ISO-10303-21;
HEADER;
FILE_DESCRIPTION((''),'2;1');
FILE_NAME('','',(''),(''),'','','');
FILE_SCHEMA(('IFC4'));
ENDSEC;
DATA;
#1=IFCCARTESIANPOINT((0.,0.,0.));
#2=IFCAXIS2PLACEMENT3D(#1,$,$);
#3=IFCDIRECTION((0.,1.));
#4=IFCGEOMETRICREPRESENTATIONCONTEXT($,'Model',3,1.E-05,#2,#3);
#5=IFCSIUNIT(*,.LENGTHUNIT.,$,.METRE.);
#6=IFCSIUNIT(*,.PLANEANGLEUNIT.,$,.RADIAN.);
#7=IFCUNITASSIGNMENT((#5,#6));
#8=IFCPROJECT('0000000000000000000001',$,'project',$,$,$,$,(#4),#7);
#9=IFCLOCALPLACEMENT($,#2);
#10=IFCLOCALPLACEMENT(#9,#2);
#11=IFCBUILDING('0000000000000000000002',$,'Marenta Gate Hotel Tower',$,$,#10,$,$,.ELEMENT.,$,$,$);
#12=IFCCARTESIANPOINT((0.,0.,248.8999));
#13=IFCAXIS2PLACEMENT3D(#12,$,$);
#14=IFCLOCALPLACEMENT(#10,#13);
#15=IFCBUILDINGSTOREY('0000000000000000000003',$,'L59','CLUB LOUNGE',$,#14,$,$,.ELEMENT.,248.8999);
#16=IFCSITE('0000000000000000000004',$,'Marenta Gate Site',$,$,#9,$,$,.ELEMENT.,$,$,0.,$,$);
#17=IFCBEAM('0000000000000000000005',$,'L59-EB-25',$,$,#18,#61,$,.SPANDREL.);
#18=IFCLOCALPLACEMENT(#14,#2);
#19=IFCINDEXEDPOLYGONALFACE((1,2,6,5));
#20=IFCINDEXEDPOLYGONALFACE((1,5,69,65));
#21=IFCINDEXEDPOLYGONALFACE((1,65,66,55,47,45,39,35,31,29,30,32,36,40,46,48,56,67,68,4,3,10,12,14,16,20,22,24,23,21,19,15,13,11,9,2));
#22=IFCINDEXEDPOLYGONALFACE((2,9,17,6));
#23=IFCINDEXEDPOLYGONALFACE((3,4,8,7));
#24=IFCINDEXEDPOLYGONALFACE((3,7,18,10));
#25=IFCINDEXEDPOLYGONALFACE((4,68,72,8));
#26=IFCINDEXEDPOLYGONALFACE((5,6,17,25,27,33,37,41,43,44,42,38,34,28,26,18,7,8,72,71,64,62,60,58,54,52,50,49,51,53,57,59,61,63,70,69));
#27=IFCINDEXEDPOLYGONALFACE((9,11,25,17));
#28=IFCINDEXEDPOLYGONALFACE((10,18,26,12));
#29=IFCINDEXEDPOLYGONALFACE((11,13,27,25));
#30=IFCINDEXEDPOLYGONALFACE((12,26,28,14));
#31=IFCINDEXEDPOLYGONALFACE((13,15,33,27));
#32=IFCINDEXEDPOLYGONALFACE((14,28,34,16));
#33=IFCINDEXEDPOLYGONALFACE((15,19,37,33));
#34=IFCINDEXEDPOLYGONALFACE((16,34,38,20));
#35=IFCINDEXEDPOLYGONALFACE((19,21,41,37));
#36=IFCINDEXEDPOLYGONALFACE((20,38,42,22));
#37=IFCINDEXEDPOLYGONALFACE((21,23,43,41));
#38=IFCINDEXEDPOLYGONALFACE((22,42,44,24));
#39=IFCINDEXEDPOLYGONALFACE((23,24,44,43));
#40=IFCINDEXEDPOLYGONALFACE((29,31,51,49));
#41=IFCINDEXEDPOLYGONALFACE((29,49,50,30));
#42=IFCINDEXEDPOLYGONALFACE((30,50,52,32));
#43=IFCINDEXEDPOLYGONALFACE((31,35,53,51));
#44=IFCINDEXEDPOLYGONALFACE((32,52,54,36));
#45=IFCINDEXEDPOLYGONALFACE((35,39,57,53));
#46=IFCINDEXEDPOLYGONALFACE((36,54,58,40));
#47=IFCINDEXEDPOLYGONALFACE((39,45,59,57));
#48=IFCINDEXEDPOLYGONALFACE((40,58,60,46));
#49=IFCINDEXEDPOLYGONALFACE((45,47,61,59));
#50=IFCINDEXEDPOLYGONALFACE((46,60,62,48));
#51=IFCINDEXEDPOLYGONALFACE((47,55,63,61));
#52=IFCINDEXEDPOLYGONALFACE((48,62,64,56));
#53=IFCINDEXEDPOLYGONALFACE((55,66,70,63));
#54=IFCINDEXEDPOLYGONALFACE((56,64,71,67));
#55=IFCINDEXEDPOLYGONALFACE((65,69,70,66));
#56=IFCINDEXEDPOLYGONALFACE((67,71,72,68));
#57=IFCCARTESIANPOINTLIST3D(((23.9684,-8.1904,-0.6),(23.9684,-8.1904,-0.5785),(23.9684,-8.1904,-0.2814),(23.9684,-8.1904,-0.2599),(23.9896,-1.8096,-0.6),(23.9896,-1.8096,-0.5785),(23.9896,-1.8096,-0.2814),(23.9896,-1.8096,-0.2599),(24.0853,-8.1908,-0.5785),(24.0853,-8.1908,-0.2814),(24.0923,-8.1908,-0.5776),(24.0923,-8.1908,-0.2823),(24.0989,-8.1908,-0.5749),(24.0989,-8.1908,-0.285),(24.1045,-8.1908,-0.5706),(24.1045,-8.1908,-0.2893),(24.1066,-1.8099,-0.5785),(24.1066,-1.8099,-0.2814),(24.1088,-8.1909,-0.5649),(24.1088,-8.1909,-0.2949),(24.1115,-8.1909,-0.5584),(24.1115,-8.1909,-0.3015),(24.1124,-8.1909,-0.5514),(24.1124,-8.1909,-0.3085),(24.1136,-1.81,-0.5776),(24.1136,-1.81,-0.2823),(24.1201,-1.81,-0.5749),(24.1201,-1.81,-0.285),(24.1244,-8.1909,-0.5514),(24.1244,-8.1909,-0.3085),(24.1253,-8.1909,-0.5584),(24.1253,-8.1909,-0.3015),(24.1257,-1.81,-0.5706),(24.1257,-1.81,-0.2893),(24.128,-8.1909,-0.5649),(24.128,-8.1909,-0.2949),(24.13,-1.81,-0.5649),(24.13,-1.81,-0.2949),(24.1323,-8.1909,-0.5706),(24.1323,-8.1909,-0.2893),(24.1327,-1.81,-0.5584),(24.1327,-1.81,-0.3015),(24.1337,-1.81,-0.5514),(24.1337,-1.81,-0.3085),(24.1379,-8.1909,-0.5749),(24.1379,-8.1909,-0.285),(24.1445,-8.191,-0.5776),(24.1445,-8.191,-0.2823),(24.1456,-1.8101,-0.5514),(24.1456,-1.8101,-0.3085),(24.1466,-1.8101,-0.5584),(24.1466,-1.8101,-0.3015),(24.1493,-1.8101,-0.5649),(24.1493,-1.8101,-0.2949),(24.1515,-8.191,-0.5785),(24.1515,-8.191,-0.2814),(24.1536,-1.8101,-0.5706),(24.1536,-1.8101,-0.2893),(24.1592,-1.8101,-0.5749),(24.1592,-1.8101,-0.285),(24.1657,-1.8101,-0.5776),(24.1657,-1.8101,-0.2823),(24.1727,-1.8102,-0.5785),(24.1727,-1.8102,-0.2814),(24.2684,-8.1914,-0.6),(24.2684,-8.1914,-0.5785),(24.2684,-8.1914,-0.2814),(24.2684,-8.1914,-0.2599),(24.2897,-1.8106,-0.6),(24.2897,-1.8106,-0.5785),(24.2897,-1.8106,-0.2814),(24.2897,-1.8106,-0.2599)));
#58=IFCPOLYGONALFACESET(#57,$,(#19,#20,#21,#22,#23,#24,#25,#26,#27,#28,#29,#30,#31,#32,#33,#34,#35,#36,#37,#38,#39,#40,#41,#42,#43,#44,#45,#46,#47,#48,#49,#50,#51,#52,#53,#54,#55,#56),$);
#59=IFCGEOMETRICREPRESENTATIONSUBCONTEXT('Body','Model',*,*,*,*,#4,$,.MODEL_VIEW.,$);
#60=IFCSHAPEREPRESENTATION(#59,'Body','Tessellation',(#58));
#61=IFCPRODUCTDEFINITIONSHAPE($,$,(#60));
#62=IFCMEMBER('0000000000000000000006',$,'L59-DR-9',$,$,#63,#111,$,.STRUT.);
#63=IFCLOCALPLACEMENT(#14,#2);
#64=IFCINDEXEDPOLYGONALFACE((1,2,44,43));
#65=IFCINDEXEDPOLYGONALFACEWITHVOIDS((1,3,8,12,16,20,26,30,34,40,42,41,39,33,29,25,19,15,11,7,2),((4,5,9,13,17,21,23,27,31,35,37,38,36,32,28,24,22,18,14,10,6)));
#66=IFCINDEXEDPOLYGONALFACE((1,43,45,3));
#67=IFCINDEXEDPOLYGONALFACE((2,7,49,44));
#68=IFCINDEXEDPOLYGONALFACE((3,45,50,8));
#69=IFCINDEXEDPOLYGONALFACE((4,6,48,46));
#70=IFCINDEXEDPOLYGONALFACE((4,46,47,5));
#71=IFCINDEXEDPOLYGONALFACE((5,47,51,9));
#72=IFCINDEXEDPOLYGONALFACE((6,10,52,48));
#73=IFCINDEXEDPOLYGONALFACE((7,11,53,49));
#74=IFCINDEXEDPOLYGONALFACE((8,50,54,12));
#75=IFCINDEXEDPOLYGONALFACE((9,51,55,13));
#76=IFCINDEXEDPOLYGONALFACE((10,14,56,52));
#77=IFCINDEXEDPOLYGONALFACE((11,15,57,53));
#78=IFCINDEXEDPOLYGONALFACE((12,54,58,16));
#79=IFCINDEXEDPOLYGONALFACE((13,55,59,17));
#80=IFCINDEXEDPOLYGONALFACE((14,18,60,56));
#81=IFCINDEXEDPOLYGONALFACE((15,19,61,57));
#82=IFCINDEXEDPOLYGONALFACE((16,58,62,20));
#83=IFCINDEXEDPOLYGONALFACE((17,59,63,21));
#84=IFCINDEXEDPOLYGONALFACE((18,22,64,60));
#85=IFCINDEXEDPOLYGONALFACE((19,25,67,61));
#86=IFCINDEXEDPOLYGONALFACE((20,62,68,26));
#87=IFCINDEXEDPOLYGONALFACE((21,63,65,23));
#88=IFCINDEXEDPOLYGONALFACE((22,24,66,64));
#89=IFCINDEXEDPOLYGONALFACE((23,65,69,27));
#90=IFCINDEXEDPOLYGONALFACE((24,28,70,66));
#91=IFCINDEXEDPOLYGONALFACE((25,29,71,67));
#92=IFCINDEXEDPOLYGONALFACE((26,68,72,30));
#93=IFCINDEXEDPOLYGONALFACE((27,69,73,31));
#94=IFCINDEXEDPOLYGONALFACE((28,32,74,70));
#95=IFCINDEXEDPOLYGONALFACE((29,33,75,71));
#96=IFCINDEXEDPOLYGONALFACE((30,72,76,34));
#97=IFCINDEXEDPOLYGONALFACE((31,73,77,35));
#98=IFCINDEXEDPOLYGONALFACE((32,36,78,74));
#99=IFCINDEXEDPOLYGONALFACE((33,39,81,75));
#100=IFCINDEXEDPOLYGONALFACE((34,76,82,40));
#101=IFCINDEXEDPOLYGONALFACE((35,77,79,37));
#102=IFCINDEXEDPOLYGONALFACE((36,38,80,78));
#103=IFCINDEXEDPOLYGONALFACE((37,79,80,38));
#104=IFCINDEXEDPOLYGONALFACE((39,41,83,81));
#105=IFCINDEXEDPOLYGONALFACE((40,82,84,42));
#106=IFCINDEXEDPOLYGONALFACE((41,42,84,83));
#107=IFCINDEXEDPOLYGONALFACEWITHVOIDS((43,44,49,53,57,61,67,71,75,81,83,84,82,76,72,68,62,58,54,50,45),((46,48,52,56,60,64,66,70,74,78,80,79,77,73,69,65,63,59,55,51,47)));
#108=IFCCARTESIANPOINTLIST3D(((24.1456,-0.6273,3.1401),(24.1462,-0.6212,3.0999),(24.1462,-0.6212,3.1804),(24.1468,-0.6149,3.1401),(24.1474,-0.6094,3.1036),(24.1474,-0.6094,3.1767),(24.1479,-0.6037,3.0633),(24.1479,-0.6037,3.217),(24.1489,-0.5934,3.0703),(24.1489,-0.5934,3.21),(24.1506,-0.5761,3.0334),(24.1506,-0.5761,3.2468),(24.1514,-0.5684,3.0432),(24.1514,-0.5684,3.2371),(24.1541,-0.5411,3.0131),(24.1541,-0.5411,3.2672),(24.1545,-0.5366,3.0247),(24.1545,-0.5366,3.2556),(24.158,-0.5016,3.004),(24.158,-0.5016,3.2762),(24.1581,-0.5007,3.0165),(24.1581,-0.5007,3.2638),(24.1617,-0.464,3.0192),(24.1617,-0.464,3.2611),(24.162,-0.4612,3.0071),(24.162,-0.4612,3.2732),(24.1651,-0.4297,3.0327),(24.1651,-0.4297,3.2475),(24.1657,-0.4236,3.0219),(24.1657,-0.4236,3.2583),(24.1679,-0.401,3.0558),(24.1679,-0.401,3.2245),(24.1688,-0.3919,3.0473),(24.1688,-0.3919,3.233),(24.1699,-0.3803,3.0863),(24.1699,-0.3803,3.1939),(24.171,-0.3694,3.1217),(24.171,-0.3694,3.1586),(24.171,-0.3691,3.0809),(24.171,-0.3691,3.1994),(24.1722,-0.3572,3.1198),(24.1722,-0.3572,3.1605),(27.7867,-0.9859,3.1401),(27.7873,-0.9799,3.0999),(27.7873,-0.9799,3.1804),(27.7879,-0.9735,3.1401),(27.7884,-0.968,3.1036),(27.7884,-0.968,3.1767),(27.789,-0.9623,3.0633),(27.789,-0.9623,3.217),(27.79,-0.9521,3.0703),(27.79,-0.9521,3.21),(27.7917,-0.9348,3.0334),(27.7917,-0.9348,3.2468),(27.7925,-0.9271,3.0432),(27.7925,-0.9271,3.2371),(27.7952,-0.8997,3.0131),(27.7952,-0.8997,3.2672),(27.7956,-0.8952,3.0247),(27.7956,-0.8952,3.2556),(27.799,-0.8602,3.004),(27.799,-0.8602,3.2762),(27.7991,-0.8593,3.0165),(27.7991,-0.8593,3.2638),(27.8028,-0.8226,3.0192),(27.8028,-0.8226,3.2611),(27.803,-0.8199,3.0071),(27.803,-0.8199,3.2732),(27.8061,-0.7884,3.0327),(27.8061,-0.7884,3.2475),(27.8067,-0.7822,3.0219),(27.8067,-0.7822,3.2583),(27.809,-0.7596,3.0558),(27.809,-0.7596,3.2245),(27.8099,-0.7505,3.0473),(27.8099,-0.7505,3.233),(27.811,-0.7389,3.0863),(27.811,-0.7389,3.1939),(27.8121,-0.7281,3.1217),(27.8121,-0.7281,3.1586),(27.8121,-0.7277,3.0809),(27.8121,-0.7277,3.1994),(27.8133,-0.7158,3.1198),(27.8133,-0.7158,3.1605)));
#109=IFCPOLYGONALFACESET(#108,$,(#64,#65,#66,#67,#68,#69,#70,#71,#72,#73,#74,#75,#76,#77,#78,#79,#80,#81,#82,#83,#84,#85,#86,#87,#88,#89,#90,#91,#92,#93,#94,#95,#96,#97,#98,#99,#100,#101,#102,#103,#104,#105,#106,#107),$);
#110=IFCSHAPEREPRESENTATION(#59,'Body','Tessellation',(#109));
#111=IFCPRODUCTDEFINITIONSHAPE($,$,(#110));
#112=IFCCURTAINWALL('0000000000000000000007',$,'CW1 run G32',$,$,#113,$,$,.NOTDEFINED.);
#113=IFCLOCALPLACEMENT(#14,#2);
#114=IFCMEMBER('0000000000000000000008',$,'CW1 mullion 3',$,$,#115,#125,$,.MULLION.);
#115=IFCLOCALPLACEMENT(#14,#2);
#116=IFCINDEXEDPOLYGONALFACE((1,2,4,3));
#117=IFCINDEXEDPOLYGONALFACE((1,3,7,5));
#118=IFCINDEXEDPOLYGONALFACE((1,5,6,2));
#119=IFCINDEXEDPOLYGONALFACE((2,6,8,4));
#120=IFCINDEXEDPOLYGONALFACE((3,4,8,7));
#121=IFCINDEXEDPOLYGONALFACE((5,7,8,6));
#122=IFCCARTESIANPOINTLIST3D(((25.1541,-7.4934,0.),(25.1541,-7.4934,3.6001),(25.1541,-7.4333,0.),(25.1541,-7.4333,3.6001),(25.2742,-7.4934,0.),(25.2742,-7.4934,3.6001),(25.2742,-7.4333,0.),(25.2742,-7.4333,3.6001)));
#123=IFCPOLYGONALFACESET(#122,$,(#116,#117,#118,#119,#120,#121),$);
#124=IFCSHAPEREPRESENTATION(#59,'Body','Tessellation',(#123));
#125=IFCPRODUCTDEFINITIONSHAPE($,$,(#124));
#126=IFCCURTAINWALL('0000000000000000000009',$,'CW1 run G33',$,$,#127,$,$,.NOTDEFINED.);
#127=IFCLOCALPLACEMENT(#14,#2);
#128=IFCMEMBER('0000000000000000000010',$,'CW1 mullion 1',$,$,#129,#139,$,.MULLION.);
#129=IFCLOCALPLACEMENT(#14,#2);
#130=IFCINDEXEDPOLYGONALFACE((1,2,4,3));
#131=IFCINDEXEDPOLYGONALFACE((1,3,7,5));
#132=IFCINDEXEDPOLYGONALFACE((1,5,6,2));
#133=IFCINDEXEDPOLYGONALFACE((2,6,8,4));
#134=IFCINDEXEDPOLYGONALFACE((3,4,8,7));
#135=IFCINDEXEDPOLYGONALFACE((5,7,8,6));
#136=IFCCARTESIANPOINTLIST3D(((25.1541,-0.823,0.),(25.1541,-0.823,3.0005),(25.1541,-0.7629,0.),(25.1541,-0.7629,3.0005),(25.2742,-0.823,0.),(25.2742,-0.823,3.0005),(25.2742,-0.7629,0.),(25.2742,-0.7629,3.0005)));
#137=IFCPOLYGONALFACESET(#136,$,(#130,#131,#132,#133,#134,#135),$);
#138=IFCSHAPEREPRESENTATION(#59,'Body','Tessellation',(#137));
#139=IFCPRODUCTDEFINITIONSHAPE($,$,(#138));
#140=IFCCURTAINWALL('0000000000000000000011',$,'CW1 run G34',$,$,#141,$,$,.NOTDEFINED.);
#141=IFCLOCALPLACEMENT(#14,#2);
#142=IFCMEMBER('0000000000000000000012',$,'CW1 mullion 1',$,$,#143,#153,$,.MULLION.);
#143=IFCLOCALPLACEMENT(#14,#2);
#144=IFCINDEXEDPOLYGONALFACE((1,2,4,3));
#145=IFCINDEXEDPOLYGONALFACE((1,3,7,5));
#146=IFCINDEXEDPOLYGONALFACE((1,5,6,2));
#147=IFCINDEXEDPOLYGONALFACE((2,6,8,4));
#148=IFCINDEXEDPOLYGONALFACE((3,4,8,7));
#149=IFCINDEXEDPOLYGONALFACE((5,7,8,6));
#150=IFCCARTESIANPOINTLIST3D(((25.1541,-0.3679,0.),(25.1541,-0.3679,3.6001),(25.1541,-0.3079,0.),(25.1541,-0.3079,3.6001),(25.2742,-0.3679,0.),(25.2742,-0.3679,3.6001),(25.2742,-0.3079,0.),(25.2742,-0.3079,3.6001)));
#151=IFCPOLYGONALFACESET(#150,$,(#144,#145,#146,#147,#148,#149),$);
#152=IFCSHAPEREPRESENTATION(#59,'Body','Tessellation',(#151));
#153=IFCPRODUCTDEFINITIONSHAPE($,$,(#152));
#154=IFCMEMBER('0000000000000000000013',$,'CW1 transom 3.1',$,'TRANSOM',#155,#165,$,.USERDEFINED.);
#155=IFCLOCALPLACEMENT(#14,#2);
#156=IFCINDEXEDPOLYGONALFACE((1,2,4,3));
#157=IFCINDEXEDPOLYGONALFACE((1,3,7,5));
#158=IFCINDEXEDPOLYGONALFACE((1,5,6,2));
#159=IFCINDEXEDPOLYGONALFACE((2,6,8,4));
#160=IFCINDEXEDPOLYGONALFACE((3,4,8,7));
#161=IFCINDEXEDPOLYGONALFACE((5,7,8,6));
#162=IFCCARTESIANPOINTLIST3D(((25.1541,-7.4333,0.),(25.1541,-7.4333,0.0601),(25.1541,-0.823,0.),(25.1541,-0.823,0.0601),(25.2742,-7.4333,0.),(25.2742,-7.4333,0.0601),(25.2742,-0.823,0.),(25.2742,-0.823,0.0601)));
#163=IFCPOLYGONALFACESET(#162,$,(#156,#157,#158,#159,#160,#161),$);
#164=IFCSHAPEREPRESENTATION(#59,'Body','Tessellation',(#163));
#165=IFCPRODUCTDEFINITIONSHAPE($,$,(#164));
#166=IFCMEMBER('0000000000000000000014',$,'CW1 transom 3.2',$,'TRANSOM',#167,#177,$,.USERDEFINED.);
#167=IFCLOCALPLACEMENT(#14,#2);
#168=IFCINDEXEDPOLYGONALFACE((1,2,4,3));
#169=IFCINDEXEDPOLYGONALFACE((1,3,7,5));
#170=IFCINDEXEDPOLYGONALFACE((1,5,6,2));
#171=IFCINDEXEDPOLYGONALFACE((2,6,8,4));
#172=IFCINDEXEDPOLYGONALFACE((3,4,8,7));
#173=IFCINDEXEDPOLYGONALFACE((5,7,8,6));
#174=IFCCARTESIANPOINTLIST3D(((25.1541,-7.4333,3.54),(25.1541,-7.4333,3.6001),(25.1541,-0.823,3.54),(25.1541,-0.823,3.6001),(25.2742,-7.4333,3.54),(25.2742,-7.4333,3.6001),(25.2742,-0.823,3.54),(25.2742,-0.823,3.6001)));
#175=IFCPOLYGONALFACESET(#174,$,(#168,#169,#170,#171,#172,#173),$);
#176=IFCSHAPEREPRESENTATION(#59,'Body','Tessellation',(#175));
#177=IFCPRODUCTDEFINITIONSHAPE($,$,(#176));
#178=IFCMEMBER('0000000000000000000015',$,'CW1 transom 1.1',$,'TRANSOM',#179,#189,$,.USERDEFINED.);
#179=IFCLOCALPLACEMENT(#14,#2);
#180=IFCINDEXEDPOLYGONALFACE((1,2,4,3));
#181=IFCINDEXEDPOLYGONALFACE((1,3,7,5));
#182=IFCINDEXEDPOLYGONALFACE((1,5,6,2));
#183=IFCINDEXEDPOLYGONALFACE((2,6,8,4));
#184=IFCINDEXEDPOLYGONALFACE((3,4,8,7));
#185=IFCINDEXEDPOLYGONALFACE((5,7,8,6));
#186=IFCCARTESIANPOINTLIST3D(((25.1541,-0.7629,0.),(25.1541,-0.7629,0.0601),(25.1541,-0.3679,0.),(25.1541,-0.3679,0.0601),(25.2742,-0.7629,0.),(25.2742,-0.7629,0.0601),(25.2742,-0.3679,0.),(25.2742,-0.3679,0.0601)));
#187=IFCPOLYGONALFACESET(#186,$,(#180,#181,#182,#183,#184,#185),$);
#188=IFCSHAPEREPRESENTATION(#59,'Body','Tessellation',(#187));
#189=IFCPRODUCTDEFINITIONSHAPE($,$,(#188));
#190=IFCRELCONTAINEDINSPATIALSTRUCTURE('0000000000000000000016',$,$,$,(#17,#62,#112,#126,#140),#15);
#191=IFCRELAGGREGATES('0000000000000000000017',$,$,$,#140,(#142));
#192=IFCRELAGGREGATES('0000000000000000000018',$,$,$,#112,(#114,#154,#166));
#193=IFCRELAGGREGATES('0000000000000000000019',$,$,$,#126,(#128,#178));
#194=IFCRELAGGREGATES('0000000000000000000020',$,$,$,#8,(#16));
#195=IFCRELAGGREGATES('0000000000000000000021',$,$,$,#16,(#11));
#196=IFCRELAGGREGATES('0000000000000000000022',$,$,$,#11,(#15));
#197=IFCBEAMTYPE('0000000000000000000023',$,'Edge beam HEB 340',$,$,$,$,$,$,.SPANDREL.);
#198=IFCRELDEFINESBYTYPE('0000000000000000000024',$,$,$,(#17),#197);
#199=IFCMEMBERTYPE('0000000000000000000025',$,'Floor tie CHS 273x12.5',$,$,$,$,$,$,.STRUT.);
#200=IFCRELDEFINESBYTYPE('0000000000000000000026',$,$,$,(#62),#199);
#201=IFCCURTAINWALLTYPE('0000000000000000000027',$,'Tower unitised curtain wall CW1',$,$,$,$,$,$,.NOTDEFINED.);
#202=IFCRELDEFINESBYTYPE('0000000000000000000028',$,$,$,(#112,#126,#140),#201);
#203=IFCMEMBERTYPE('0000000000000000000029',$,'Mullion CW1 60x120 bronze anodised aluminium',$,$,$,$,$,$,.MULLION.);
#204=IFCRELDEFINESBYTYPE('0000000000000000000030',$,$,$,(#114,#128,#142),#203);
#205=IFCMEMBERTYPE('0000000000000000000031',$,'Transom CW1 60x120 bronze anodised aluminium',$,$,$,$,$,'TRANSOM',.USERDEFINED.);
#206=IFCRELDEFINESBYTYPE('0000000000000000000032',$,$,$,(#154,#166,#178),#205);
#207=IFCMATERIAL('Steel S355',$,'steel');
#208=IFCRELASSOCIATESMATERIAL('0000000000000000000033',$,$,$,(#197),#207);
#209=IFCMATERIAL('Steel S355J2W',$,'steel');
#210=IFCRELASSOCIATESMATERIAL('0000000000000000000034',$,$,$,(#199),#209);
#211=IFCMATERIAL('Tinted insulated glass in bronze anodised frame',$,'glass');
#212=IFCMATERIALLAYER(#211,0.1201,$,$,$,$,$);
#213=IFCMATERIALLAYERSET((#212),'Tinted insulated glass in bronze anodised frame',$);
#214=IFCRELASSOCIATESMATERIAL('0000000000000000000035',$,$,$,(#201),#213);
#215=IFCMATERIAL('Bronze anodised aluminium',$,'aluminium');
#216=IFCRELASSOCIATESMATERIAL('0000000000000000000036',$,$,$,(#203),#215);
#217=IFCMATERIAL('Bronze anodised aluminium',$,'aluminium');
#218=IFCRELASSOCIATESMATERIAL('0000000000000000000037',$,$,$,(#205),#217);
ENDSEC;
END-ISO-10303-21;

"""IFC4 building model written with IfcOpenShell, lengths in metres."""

from ifc_helpers import new_model, si_unit, direction, frame, origin, origin_2d, place, context, subcontext, project, spatial, rectangle, hollow_circle, i_section, extrude, material, layer, layer_set, material_profile, profile_set, type_object, element, aggregate, save


model = new_model("IFC4")

# Units and contexts
model_context = context("Model", 3, precision=1e-05, world=origin(), true_north=direction((0.0, 1.0)))
body_context = subcontext(model_context, "Body", "Model", "MODEL_VIEW")
ifc_project = project(units=[si_unit("LENGTHUNIT", "METRE"), si_unit("PLANEANGLEUNIT", "RADIAN")], contexts=[model_context])

# Site, building, storey
site_placement = place(None, origin())
site = spatial("IfcSite", under=ifc_project, at=site_placement, Name="Marenta Gate Site", CompositionType="ELEMENT", RefElevation=0.0)
building_placement = place(site_placement, origin())
building = spatial("IfcBuilding", under=site, at=building_placement, Name="Marenta Gate Hotel Tower", CompositionType="ELEMENT")
storey_placement = place(building_placement, frame((0.0, 0.0, 248.8999)))
storey = spatial("IfcBuildingStorey", under=building, at=storey_placement, Name="L59", Description="CLUB LOUNGE", CompositionType="ELEMENT", Elevation=248.8999)

# Beam
ifc_material_1 = material(Name="Steel S355", Category="steel")
ifc_material_profile_1 = material_profile(ifc_material_1, i_section(OverallWidth=0.3, OverallDepth=0.3401, WebThickness=0.012, FlangeThickness=0.0215, FilletRadius=0.0271, at=origin_2d()), Name="HEB 340")
ifc_profile_set_1 = profile_set([ifc_material_profile_1], Name="Steel S355")
beam_type = type_object("IfcBeamType", Name="Edge beam HEB 340", PredefinedType="SPANDREL", material=ifc_profile_set_1)
beam_placement = place(storey_placement, frame((24.1396, -1.8101, -0.4299), z_axis=(-0.003329, -0.999994, 0.0), x_axis=(0.999994, -0.003329, 0.0)))
element("IfcBeam", 1, at=beam_placement, inside=storey, type_object=beam_type, Name="L59-EB-25", PredefinedType="SPANDREL", context=body_context, shape_type="SweptSolid", body=[
    extrude(i_section(OverallWidth=0.3, OverallDepth=0.3401, WebThickness=0.012, FlangeThickness=0.0215, FilletRadius=0.0271, at=origin_2d()), origin(), (0.0, 0.0, 1.0), 6.3809),
])

# Member
ifc_material_2 = material(Name="Steel S355J2W", Category="steel")
ifc_material_profile_2 = material_profile(ifc_material_2, hollow_circle(Radius=0.1365, WallThickness=0.0125, at=origin_2d()), Name="CHS 273x12.5")
ifc_profile_set_2 = profile_set([ifc_material_profile_2], Name="Steel S355J2W")
member_type_1 = type_object("IfcMemberType", Name="Floor tie CHS 273x12.5", PredefinedType="STRUT", material=ifc_profile_set_2)
member_1_placement = place(storey_placement, frame((27.8, -0.8501, 3.1401), z_axis=(-0.995184, 0.098024, 0.0), x_axis=(-0.098024, -0.995184, 0.0)))
element("IfcMember", 2, at=member_1_placement, inside=storey, type_object=member_type_1, Name="L59-DR-9", PredefinedType="STRUT", context=body_context, shape_type="SweptSolid", body=[
    extrude(hollow_circle(Radius=0.1365, WallThickness=0.0125, at=origin_2d()), origin(), (0.0, 0.0, 1.0), 3.6587),
])

# Curtain walls, members
ifc_material_3 = material(Name="Tinted insulated glass in bronze anodised frame", Category="glass")
ifc_layer_1 = layer(ifc_material_3, 0.1201)
ifc_layer_set_1 = layer_set([ifc_layer_1], Name="Tinted insulated glass in bronze anodised frame")
curtain_wall_type = type_object("IfcCurtainWallType", Name="Tower unitised curtain wall CW1", PredefinedType="NOTDEFINED", material=ifc_layer_set_1)
curtain_wall_1_placement = place(storey_placement, origin())
curtain_wall_1 = element("IfcCurtainWall", 3, at=curtain_wall_1_placement, inside=storey, type_object=curtain_wall_type, Name="CW1 run G32", PredefinedType="NOTDEFINED")
ifc_material_4 = material(Name="Bronze anodised aluminium", Category="aluminium")
ifc_material_profile_3 = material_profile(ifc_material_4, rectangle(XDim=0.1201, YDim=0.0601, at=origin_2d()), Name="Mullion CW1 60x120 bronze anodised aluminium")
ifc_profile_set_3 = profile_set([ifc_material_profile_3], Name="Bronze anodised aluminium")
member_type_2 = type_object("IfcMemberType", Name="Mullion CW1 60x120 bronze anodised aluminium", PredefinedType="MULLION", material=ifc_profile_set_3)
member_2_placement = place(storey_placement, frame((25.2141, -7.4634, 0.0), z_axis=(0.0, 0.0, 1.0), x_axis=(-1.0, 0.0, 0.0)))
member_2 = element("IfcMember", 4, at=member_2_placement, type_object=member_type_2, Name="CW1 mullion 3", PredefinedType="MULLION", context=body_context, shape_type="SweptSolid", body=[
    extrude(rectangle(XDim=0.1201, YDim=0.0601, at=origin_2d()), origin(), (0.0, 0.0, 1.0), 3.6001),
])
curtain_wall_2_placement = place(storey_placement, origin())
curtain_wall_2 = element("IfcCurtainWall", 5, at=curtain_wall_2_placement, inside=storey, type_object=curtain_wall_type, Name="CW1 run G33", PredefinedType="NOTDEFINED")
member_3_placement = place(storey_placement, frame((25.2141, -0.793, 0.0), z_axis=(0.0, 0.0, 1.0), x_axis=(-1.0, 0.0, 0.0)))
member_3 = element("IfcMember", 6, at=member_3_placement, type_object=member_type_2, Name="CW1 mullion 1", PredefinedType="MULLION", context=body_context, shape_type="SweptSolid", body=[
    extrude(rectangle(XDim=0.1201, YDim=0.0601, at=origin_2d()), origin(), (0.0, 0.0, 1.0), 3.0005),
])
curtain_wall_3_placement = place(storey_placement, origin())
curtain_wall_3 = element("IfcCurtainWall", 7, at=curtain_wall_3_placement, inside=storey, type_object=curtain_wall_type, Name="CW1 run G34", PredefinedType="NOTDEFINED")
member_4_placement = place(storey_placement, frame((25.2141, -0.3379, 0.0), z_axis=(0.0, 0.0, 1.0), x_axis=(-1.0, 0.0, 0.0)))
member_4 = element("IfcMember", 8, at=member_4_placement, type_object=member_type_2, Name="CW1 mullion 1", PredefinedType="MULLION", context=body_context, shape_type="SweptSolid", body=[
    extrude(rectangle(XDim=0.1201, YDim=0.0601, at=origin_2d()), origin(), (0.0, 0.0, 1.0), 3.6001),
])

# Members
ifc_material_5 = material(Name="Bronze anodised aluminium", Category="aluminium")
ifc_material_profile_4 = material_profile(ifc_material_5, rectangle(XDim=0.1201, YDim=0.0601, at=origin_2d()), Name="Transom CW1 60x120 bronze anodised aluminium")
ifc_profile_set_4 = profile_set([ifc_material_profile_4], Name="Bronze anodised aluminium")
member_type_3 = type_object("IfcMemberType", Name="Transom CW1 60x120 bronze anodised aluminium", ElementType="TRANSOM", PredefinedType="USERDEFINED", material=ifc_profile_set_4)
member_5_placement = place(storey_placement, frame((25.2141, -7.4333, 0.03), z_axis=(0.0, 1.0, 0.0), x_axis=(-1.0, 0.0, 0.0)))
member_5 = element("IfcMember", 9, at=member_5_placement, type_object=member_type_3, Name="CW1 transom 3.1", ObjectType="TRANSOM", PredefinedType="USERDEFINED", context=body_context, shape_type="SweptSolid", body=[
    extrude(rectangle(XDim=0.1201, YDim=0.0601, at=origin_2d()), origin(), (0.0, 0.0, 1.0), 6.6104),
])
member_6_placement = place(storey_placement, frame((25.2141, -7.4333, 3.5701), z_axis=(0.0, 1.0, 0.0), x_axis=(-1.0, 0.0, 0.0)))
member_6 = element("IfcMember", 10, at=member_6_placement, type_object=member_type_3, Name="CW1 transom 3.2", ObjectType="TRANSOM", PredefinedType="USERDEFINED", context=body_context, shape_type="SweptSolid", body=[
    extrude(rectangle(XDim=0.1201, YDim=0.0601, at=origin_2d()), origin(), (0.0, 0.0, 1.0), 6.6104),
])
member_7_placement = place(storey_placement, frame((25.2141, -0.7629, 0.03), z_axis=(0.0, 1.0, 0.0), x_axis=(-1.0, 0.0, 0.0)))
member_7 = element("IfcMember", 11, at=member_7_placement, type_object=member_type_3, Name="CW1 transom 1.1", ObjectType="TRANSOM", PredefinedType="USERDEFINED", context=body_context, shape_type="SweptSolid", body=[
    extrude(rectangle(XDim=0.1201, YDim=0.0601, at=origin_2d()), origin(), (0.0, 0.0, 1.0), 0.395),
])
aggregate(curtain_wall_3, [member_4])

aggregate(curtain_wall_1, [member_2, member_5, member_6])
aggregate(curtain_wall_2, [member_3, member_7])

save(model, "model.ifc")
